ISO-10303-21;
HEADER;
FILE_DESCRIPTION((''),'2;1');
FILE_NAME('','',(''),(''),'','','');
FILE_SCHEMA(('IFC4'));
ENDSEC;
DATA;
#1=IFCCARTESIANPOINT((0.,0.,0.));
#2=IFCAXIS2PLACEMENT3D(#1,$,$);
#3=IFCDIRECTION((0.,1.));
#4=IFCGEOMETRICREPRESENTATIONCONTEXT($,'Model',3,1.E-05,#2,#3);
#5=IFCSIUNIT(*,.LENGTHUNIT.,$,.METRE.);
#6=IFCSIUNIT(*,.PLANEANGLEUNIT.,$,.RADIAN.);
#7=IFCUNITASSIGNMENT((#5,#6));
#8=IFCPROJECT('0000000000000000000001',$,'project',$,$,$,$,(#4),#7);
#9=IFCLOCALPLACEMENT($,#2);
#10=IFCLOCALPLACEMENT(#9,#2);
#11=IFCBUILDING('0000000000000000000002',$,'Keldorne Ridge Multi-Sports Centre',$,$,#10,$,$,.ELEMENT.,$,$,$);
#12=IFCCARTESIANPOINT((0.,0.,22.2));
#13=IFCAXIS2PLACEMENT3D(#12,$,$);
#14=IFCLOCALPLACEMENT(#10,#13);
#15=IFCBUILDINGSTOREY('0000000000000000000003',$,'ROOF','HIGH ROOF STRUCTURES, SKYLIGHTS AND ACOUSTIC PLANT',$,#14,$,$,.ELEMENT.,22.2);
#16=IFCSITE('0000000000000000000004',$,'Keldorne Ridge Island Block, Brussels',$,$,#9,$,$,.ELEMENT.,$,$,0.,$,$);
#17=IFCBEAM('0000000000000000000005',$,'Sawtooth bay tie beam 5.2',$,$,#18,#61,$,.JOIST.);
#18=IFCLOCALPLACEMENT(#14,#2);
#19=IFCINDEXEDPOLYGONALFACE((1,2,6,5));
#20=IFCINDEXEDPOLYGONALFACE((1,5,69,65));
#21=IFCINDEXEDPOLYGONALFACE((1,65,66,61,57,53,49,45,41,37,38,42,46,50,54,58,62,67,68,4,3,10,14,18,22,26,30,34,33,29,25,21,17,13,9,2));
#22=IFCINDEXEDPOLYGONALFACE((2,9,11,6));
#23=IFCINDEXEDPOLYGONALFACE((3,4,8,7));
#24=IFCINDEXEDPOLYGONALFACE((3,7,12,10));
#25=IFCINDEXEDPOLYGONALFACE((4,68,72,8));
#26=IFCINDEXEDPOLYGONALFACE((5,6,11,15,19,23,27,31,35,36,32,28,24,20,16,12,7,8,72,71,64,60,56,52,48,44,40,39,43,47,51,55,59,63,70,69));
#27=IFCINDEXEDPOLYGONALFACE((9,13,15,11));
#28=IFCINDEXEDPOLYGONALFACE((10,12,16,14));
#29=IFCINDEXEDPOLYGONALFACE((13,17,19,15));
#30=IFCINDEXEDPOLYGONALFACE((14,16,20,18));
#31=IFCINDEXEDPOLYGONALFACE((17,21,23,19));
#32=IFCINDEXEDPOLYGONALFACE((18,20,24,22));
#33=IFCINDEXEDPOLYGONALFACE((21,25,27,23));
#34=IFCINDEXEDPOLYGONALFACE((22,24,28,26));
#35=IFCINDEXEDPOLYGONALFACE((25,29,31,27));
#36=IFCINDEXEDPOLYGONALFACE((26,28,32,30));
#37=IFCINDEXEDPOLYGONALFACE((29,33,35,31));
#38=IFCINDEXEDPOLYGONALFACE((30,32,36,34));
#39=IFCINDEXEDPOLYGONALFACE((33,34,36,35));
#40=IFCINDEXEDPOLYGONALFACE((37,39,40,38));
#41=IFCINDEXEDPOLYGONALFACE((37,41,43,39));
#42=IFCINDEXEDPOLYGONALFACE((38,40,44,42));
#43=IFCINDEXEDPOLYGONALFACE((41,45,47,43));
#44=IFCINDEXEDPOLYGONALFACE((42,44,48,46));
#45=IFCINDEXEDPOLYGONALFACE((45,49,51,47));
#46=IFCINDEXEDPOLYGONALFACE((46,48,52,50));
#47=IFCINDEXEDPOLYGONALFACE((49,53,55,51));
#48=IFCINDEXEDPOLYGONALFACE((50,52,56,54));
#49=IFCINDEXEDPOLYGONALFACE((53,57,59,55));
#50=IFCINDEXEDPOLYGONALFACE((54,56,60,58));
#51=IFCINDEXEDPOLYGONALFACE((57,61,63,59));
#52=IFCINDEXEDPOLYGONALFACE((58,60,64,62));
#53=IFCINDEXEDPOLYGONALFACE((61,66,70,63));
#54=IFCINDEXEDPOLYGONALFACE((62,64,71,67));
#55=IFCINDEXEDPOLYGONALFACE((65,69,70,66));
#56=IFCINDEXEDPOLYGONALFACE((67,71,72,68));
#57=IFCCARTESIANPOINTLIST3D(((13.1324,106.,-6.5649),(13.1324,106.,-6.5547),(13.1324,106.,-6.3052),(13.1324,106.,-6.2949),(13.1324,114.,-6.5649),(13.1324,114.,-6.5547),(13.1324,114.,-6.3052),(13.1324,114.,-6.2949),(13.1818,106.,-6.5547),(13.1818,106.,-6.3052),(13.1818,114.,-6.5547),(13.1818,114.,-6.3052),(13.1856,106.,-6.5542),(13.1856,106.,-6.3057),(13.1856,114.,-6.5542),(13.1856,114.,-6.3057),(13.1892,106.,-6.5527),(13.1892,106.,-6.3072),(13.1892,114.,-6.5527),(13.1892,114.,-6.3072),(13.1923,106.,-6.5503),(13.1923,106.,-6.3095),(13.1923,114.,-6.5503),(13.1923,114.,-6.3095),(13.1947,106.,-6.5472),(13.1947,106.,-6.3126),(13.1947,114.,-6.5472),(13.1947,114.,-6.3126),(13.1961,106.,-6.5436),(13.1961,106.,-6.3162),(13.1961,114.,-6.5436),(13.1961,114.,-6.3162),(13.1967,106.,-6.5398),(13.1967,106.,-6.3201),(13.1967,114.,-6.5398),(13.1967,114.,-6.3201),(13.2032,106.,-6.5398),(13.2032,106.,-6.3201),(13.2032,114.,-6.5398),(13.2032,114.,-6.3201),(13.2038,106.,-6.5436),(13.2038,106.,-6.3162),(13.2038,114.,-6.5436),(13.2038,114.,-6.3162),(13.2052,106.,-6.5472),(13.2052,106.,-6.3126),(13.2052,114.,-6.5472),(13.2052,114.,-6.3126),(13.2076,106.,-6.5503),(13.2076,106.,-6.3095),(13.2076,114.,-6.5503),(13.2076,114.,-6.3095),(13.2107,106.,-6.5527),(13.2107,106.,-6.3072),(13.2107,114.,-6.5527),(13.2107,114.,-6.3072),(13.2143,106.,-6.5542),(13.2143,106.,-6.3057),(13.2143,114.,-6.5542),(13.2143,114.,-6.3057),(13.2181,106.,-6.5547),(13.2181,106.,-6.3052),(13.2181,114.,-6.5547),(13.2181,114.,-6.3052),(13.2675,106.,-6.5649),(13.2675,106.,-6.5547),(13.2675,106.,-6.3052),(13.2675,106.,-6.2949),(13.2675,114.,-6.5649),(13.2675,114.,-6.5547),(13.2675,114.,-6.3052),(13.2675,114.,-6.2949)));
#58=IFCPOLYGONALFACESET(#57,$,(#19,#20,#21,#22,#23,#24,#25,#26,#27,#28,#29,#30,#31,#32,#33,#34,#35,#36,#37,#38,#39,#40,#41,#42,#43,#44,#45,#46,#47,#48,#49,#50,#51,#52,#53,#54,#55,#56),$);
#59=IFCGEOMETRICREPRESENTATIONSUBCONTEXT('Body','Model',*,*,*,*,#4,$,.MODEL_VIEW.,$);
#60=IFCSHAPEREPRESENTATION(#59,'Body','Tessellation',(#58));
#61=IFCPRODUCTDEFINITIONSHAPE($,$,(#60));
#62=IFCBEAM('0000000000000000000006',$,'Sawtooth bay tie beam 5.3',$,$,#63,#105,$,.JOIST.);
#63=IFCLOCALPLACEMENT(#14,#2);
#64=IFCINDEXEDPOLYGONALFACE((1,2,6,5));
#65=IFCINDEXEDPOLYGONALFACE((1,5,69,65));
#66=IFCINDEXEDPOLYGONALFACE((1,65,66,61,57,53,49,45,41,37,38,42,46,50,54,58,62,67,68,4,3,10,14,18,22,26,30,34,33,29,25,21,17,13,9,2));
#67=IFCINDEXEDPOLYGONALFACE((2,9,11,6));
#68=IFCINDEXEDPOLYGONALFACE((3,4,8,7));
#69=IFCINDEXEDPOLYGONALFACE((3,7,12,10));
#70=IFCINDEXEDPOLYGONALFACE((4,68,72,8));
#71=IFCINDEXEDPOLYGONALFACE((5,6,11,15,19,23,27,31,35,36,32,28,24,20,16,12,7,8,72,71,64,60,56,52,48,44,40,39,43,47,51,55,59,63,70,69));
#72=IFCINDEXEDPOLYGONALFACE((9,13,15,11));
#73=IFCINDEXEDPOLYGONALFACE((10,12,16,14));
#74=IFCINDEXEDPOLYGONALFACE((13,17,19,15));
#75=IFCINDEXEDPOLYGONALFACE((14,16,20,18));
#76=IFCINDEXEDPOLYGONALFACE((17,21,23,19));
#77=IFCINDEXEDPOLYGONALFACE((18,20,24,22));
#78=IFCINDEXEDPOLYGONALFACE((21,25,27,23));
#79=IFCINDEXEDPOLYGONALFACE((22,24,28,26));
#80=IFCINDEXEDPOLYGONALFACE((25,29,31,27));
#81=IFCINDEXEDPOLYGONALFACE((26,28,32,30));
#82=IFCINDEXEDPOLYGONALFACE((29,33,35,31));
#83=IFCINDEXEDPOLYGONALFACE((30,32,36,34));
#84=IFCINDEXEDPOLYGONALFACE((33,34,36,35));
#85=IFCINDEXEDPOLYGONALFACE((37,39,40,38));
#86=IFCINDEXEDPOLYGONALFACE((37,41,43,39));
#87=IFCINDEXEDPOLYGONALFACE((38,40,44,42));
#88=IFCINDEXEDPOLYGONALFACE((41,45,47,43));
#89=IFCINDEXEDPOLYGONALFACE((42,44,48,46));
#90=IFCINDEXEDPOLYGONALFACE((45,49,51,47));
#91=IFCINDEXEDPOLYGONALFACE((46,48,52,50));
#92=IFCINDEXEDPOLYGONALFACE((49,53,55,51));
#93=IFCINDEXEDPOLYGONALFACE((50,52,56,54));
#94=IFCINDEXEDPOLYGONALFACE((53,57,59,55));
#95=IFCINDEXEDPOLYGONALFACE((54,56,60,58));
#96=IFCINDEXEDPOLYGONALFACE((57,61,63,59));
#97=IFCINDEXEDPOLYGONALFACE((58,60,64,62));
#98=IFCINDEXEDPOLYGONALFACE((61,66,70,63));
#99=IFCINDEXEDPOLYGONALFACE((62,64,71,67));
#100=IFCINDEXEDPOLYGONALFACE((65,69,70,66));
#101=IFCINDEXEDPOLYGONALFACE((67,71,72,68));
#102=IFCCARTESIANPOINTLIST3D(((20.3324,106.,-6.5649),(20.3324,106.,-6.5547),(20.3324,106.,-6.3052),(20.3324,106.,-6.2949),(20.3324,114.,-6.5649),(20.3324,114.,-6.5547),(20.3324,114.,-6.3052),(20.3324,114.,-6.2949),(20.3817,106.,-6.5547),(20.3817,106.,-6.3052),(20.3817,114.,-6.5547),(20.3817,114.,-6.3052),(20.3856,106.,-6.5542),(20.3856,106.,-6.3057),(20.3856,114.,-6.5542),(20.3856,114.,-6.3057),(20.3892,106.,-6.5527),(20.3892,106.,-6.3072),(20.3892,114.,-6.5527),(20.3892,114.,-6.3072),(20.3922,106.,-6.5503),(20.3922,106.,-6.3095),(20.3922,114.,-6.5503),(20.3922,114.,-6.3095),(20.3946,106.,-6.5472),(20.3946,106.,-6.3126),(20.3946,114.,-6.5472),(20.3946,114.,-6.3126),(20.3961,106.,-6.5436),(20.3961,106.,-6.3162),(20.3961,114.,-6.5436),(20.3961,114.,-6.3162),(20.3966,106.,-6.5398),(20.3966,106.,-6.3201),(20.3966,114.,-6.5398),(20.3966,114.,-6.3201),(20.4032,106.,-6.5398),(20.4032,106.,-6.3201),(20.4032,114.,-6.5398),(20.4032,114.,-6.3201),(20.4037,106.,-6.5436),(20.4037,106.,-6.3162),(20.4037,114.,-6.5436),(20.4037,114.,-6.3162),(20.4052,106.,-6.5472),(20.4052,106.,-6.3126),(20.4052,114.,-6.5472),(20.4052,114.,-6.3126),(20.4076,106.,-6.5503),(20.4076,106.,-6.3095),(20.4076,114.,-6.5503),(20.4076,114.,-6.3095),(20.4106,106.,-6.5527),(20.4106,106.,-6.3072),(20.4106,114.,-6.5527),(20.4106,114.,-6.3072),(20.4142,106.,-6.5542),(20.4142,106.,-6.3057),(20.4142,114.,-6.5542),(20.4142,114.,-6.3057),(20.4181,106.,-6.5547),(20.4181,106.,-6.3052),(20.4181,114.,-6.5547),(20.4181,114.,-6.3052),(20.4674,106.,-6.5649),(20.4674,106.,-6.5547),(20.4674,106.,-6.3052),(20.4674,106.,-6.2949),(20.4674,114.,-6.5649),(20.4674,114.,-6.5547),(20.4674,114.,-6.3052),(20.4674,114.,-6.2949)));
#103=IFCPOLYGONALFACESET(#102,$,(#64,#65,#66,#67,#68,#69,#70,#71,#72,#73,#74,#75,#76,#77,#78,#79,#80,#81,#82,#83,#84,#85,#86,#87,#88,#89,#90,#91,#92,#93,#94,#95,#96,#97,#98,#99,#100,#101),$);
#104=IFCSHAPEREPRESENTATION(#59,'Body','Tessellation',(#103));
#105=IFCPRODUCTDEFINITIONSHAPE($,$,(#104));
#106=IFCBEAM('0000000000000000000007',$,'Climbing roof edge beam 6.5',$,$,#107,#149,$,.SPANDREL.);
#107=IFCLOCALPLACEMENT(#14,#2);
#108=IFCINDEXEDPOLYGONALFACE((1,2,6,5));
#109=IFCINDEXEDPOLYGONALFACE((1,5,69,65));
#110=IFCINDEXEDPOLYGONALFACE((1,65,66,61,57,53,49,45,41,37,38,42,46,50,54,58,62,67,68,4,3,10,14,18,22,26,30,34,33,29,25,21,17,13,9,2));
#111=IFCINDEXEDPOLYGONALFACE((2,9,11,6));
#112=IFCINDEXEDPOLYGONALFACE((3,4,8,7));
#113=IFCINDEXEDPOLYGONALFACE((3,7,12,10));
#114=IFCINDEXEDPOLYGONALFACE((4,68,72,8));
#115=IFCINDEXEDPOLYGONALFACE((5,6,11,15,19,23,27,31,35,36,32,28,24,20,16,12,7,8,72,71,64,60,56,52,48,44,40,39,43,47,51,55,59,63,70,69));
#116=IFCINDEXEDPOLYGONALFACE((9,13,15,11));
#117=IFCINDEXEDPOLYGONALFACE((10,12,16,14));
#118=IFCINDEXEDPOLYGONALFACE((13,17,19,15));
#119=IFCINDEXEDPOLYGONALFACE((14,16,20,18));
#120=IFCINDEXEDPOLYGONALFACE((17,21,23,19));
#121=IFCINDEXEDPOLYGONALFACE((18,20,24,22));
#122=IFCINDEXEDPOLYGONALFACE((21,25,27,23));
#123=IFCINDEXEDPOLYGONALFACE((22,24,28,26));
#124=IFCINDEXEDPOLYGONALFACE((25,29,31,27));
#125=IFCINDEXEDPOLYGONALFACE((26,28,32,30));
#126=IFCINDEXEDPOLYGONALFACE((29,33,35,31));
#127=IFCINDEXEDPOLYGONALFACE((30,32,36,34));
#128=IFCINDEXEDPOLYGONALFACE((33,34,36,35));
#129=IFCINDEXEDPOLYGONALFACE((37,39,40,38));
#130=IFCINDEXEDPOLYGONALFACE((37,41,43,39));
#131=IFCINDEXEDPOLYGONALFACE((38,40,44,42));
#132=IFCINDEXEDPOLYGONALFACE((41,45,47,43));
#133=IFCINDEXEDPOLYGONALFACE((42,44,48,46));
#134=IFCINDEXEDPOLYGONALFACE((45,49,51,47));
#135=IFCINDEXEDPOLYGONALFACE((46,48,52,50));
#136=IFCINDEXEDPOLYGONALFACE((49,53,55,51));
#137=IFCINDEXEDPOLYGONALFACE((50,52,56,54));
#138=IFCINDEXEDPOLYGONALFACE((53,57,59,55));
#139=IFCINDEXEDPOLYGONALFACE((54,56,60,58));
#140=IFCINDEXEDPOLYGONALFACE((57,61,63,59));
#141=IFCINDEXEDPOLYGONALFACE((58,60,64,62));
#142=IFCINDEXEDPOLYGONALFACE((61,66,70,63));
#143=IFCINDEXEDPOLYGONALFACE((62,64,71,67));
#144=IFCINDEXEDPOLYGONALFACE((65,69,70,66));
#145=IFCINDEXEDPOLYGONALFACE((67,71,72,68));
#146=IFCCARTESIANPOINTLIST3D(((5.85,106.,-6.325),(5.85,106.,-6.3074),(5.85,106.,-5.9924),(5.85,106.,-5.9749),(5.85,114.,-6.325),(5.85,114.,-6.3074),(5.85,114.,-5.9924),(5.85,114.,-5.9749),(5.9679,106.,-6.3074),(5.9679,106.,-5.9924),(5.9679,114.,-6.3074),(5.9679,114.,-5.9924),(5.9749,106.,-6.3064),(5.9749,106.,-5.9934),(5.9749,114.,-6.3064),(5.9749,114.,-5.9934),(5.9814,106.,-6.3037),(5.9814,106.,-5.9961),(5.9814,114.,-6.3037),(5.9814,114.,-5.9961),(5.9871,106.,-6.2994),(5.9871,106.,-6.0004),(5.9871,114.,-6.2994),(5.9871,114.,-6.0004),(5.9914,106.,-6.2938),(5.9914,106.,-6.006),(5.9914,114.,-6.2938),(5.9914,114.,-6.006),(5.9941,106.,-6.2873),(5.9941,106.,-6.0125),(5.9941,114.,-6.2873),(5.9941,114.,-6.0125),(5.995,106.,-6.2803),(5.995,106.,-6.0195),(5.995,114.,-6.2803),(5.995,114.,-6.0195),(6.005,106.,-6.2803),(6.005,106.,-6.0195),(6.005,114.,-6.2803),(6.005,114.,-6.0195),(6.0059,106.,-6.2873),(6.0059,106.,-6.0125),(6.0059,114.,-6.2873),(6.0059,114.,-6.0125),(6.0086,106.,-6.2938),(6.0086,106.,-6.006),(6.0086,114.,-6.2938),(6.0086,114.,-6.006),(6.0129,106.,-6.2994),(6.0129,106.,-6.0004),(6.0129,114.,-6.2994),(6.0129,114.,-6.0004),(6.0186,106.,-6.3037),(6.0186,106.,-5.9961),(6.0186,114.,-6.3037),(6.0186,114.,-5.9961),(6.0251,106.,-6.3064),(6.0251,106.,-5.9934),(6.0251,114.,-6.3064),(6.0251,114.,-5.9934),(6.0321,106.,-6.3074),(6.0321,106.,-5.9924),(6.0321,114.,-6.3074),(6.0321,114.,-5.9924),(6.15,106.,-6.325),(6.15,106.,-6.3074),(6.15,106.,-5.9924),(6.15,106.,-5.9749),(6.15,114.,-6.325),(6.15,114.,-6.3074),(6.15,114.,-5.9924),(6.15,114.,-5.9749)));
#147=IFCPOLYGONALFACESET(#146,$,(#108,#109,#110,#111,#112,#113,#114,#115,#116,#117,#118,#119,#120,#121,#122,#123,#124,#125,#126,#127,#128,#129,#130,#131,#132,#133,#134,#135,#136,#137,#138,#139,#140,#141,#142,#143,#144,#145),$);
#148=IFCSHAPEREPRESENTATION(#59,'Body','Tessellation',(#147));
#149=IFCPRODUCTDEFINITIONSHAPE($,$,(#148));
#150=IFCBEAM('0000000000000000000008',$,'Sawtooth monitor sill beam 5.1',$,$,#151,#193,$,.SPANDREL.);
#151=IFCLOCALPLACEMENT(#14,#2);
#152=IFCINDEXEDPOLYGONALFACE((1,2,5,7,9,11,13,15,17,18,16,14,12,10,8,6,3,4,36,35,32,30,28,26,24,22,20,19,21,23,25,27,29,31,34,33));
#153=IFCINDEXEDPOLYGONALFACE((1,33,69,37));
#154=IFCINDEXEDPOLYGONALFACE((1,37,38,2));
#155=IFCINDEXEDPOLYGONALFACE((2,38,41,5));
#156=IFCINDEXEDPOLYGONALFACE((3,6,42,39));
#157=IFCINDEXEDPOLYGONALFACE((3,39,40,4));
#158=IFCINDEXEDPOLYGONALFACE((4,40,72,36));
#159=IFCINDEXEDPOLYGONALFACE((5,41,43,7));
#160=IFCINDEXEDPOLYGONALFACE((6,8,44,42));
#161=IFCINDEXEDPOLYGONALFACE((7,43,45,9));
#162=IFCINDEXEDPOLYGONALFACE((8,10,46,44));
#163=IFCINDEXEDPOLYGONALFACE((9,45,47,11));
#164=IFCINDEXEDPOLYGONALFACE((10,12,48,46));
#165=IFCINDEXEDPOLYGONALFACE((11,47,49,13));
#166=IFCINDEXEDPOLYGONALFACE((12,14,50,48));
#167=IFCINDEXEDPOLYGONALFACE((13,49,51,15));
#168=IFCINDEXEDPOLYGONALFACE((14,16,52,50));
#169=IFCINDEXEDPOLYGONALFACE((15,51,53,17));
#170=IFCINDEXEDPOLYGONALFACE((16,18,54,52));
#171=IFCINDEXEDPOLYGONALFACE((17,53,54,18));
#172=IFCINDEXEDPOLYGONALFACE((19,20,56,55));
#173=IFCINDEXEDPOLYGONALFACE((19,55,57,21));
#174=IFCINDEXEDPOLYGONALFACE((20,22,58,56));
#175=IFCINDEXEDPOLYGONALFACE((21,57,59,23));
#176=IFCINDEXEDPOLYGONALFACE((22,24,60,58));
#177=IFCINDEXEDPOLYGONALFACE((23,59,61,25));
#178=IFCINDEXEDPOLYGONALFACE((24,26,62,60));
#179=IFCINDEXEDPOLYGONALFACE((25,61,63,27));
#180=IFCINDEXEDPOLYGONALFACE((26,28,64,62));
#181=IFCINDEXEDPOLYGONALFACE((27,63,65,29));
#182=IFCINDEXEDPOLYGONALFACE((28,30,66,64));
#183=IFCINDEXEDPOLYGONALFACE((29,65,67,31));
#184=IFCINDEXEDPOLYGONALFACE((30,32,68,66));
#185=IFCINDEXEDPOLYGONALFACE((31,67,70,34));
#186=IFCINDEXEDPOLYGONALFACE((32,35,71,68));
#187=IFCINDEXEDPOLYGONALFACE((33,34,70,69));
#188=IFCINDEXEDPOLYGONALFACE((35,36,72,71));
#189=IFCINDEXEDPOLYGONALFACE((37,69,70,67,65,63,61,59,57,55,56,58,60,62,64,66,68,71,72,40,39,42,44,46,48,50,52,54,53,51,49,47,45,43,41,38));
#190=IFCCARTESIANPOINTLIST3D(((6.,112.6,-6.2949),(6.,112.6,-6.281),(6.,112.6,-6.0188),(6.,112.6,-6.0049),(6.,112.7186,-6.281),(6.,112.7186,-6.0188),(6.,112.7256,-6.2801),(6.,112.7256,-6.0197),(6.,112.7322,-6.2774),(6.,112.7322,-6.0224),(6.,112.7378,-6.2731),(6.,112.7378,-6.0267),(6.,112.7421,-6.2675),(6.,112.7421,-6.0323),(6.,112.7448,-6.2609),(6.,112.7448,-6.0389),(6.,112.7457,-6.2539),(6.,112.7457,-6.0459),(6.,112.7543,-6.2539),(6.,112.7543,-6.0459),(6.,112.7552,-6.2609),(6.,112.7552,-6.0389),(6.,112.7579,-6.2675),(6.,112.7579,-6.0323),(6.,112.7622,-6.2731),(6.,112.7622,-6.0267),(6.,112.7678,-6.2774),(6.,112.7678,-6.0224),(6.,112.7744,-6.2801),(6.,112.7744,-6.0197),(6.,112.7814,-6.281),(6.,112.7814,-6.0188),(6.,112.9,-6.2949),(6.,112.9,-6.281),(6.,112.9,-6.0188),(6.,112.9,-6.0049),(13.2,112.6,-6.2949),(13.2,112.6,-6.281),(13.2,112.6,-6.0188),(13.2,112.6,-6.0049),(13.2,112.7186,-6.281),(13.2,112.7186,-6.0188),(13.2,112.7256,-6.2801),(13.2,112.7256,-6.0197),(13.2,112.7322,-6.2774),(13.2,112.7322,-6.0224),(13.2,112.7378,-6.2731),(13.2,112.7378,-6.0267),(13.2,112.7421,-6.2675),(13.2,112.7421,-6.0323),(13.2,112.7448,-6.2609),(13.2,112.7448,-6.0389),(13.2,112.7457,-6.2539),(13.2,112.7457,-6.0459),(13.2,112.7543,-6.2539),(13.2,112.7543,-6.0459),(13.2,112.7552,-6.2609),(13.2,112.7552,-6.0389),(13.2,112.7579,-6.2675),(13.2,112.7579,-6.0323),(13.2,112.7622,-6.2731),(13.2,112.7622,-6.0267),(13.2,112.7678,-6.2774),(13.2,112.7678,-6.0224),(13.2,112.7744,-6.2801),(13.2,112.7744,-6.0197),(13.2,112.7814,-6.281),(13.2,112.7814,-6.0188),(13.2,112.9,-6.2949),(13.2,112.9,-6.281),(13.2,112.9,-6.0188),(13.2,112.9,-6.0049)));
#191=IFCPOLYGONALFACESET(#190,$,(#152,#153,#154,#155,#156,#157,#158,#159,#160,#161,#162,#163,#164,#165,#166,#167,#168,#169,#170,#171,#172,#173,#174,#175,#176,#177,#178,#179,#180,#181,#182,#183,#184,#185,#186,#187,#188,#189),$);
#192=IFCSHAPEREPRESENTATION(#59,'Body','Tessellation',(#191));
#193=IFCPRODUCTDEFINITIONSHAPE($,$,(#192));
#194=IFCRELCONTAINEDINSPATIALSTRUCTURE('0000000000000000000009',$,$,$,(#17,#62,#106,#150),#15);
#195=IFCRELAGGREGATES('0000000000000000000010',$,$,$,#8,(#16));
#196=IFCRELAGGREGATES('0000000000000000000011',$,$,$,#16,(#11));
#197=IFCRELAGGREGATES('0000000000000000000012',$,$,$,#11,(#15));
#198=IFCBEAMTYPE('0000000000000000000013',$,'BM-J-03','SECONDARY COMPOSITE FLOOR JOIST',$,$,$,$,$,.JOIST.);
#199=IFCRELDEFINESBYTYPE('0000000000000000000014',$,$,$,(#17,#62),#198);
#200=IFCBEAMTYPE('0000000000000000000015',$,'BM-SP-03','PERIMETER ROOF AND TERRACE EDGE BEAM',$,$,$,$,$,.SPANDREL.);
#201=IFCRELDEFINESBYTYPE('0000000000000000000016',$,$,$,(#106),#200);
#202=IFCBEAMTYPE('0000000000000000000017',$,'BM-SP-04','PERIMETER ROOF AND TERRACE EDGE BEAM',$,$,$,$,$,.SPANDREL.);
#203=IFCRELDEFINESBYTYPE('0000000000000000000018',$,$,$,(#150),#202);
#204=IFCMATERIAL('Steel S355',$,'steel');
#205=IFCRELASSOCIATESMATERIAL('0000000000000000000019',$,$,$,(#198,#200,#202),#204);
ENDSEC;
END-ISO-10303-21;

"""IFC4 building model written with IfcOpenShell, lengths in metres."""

from ifc_helpers import new_model, si_unit, direction, frame, origin, origin_2d, place, context, subcontext, project, spatial, i_section, extrude, material, material_profile, profile_set, type_object, element, save


model = new_model("IFC4")

# Units and contexts
model_context = context("Model", 3, precision=1e-05, world=origin(), true_north=direction((0.0, 1.0)))
body_context = subcontext(model_context, "Body", "Model", "MODEL_VIEW")
ifc_project = project(units=[si_unit("LENGTHUNIT", "METRE"), si_unit("PLANEANGLEUNIT", "RADIAN")], contexts=[model_context])

# Site, building, storey
site_placement = place(None, origin())
site = spatial("IfcSite", under=ifc_project, at=site_placement, Name="Keldorne Ridge Island Block, Brussels", CompositionType="ELEMENT", RefElevation=0.0)
building_placement = place(site_placement, origin())
building = spatial("IfcBuilding", under=site, at=building_placement, Name="Keldorne Ridge Multi-Sports Centre", CompositionType="ELEMENT")
storey_placement = place(building_placement, frame((0.0, 0.0, 22.2)))
storey = spatial("IfcBuildingStorey", under=building, at=storey_placement, Name="ROOF", Description="HIGH ROOF STRUCTURES, SKYLIGHTS AND ACOUSTIC PLANT", CompositionType="ELEMENT", Elevation=22.2)

# Beams
ifc_material_1 = material(Name="Steel S355", Category="steel")
ifc_material_profile_1 = material_profile(ifc_material_1, i_section(OverallWidth=0.135, OverallDepth=0.27, WebThickness=0.0066, FlangeThickness=0.0103, FilletRadius=0.0149, at=origin_2d()), Name="IPE 270")
ifc_profile_set_1 = profile_set([ifc_material_profile_1], Name="Steel S355")
beam_type_1 = type_object("IfcBeamType", Name="BM-J-03", Description="SECONDARY COMPOSITE FLOOR JOIST", PredefinedType="JOIST", material=ifc_profile_set_1)
for number, where, z_axis, x_axis, name in (
    (1, (13.2, 106.0, -6.4299), (0.0, 1.0, 0.0), (-1.0, 0.0, 0.0), "Sawtooth bay tie beam 5.2"),
    (2, (20.3999, 106.0, -6.4299), (0.0, 1.0, 0.0), (-1.0, 0.0, 0.0), "Sawtooth bay tie beam 5.3"),
):
    element("IfcBeam", number, at=place(storey_placement, frame(where, z_axis=z_axis, x_axis=x_axis)), inside=storey, type_object=beam_type_1, Name=name, PredefinedType="JOIST", context=body_context, shape_type="SweptSolid", body=[
        extrude(i_section(OverallWidth=0.135, OverallDepth=0.27, WebThickness=0.0066, FlangeThickness=0.0103, FilletRadius=0.0149, at=origin_2d()), origin(), (0.0, 0.0, 1.0), 8.0),
    ])
ifc_material_profile_2 = material_profile(ifc_material_1, i_section(OverallWidth=0.3, OverallDepth=0.3501, WebThickness=0.01, FlangeThickness=0.0176, FilletRadius=0.0271, at=origin_2d()), Name="HEA 360")
ifc_profile_set_2 = profile_set([ifc_material_profile_2], Name="Steel S355")
beam_type_2 = type_object("IfcBeamType", Name="BM-SP-03", Description="PERIMETER ROOF AND TERRACE EDGE BEAM", PredefinedType="SPANDREL", material=ifc_profile_set_2)
beam_1_placement = place(storey_placement, frame((6.0, 106.0, -6.1499), z_axis=(0.0, 1.0, 0.0), x_axis=(-1.0, 0.0, 0.0)))
element("IfcBeam", 3, at=beam_1_placement, inside=storey, type_object=beam_type_2, Name="Climbing roof edge beam 6.5", PredefinedType="SPANDREL", context=body_context, shape_type="SweptSolid", body=[
    extrude(i_section(OverallWidth=0.3, OverallDepth=0.3501, WebThickness=0.01, FlangeThickness=0.0176, FilletRadius=0.0271, at=origin_2d()), origin(), (0.0, 0.0, 1.0), 8.0),
])
ifc_material_profile_3 = material_profile(ifc_material_1, i_section(OverallWidth=0.3, OverallDepth=0.29, WebThickness=0.0085, FlangeThickness=0.0139, FilletRadius=0.0271, at=origin_2d()), Name="HEA 300")
ifc_profile_set_3 = profile_set([ifc_material_profile_3], Name="Steel S355")
beam_type_3 = type_object("IfcBeamType", Name="BM-SP-04", Description="PERIMETER ROOF AND TERRACE EDGE BEAM", PredefinedType="SPANDREL", material=ifc_profile_set_3)
for number, where, z_axis, x_axis, name in (
    (4, (6.0, 112.75, -6.1499), (1.0, 0.0, 0.0), (0.0, 1.0, 0.0), "Sawtooth monitor sill beam 5.1"),
):
    element("IfcBeam", number, at=place(storey_placement, frame(where, z_axis=z_axis, x_axis=x_axis)), inside=storey, type_object=beam_type_3, Name=name, PredefinedType="SPANDREL", context=body_context, shape_type="SweptSolid", body=[
        extrude(i_section(OverallWidth=0.3, OverallDepth=0.29, WebThickness=0.0085, FlangeThickness=0.0139, FilletRadius=0.0271, at=origin_2d()), origin(), (0.0, 0.0, 1.0), 7.2),
    ])

save(model, "model.ifc")
